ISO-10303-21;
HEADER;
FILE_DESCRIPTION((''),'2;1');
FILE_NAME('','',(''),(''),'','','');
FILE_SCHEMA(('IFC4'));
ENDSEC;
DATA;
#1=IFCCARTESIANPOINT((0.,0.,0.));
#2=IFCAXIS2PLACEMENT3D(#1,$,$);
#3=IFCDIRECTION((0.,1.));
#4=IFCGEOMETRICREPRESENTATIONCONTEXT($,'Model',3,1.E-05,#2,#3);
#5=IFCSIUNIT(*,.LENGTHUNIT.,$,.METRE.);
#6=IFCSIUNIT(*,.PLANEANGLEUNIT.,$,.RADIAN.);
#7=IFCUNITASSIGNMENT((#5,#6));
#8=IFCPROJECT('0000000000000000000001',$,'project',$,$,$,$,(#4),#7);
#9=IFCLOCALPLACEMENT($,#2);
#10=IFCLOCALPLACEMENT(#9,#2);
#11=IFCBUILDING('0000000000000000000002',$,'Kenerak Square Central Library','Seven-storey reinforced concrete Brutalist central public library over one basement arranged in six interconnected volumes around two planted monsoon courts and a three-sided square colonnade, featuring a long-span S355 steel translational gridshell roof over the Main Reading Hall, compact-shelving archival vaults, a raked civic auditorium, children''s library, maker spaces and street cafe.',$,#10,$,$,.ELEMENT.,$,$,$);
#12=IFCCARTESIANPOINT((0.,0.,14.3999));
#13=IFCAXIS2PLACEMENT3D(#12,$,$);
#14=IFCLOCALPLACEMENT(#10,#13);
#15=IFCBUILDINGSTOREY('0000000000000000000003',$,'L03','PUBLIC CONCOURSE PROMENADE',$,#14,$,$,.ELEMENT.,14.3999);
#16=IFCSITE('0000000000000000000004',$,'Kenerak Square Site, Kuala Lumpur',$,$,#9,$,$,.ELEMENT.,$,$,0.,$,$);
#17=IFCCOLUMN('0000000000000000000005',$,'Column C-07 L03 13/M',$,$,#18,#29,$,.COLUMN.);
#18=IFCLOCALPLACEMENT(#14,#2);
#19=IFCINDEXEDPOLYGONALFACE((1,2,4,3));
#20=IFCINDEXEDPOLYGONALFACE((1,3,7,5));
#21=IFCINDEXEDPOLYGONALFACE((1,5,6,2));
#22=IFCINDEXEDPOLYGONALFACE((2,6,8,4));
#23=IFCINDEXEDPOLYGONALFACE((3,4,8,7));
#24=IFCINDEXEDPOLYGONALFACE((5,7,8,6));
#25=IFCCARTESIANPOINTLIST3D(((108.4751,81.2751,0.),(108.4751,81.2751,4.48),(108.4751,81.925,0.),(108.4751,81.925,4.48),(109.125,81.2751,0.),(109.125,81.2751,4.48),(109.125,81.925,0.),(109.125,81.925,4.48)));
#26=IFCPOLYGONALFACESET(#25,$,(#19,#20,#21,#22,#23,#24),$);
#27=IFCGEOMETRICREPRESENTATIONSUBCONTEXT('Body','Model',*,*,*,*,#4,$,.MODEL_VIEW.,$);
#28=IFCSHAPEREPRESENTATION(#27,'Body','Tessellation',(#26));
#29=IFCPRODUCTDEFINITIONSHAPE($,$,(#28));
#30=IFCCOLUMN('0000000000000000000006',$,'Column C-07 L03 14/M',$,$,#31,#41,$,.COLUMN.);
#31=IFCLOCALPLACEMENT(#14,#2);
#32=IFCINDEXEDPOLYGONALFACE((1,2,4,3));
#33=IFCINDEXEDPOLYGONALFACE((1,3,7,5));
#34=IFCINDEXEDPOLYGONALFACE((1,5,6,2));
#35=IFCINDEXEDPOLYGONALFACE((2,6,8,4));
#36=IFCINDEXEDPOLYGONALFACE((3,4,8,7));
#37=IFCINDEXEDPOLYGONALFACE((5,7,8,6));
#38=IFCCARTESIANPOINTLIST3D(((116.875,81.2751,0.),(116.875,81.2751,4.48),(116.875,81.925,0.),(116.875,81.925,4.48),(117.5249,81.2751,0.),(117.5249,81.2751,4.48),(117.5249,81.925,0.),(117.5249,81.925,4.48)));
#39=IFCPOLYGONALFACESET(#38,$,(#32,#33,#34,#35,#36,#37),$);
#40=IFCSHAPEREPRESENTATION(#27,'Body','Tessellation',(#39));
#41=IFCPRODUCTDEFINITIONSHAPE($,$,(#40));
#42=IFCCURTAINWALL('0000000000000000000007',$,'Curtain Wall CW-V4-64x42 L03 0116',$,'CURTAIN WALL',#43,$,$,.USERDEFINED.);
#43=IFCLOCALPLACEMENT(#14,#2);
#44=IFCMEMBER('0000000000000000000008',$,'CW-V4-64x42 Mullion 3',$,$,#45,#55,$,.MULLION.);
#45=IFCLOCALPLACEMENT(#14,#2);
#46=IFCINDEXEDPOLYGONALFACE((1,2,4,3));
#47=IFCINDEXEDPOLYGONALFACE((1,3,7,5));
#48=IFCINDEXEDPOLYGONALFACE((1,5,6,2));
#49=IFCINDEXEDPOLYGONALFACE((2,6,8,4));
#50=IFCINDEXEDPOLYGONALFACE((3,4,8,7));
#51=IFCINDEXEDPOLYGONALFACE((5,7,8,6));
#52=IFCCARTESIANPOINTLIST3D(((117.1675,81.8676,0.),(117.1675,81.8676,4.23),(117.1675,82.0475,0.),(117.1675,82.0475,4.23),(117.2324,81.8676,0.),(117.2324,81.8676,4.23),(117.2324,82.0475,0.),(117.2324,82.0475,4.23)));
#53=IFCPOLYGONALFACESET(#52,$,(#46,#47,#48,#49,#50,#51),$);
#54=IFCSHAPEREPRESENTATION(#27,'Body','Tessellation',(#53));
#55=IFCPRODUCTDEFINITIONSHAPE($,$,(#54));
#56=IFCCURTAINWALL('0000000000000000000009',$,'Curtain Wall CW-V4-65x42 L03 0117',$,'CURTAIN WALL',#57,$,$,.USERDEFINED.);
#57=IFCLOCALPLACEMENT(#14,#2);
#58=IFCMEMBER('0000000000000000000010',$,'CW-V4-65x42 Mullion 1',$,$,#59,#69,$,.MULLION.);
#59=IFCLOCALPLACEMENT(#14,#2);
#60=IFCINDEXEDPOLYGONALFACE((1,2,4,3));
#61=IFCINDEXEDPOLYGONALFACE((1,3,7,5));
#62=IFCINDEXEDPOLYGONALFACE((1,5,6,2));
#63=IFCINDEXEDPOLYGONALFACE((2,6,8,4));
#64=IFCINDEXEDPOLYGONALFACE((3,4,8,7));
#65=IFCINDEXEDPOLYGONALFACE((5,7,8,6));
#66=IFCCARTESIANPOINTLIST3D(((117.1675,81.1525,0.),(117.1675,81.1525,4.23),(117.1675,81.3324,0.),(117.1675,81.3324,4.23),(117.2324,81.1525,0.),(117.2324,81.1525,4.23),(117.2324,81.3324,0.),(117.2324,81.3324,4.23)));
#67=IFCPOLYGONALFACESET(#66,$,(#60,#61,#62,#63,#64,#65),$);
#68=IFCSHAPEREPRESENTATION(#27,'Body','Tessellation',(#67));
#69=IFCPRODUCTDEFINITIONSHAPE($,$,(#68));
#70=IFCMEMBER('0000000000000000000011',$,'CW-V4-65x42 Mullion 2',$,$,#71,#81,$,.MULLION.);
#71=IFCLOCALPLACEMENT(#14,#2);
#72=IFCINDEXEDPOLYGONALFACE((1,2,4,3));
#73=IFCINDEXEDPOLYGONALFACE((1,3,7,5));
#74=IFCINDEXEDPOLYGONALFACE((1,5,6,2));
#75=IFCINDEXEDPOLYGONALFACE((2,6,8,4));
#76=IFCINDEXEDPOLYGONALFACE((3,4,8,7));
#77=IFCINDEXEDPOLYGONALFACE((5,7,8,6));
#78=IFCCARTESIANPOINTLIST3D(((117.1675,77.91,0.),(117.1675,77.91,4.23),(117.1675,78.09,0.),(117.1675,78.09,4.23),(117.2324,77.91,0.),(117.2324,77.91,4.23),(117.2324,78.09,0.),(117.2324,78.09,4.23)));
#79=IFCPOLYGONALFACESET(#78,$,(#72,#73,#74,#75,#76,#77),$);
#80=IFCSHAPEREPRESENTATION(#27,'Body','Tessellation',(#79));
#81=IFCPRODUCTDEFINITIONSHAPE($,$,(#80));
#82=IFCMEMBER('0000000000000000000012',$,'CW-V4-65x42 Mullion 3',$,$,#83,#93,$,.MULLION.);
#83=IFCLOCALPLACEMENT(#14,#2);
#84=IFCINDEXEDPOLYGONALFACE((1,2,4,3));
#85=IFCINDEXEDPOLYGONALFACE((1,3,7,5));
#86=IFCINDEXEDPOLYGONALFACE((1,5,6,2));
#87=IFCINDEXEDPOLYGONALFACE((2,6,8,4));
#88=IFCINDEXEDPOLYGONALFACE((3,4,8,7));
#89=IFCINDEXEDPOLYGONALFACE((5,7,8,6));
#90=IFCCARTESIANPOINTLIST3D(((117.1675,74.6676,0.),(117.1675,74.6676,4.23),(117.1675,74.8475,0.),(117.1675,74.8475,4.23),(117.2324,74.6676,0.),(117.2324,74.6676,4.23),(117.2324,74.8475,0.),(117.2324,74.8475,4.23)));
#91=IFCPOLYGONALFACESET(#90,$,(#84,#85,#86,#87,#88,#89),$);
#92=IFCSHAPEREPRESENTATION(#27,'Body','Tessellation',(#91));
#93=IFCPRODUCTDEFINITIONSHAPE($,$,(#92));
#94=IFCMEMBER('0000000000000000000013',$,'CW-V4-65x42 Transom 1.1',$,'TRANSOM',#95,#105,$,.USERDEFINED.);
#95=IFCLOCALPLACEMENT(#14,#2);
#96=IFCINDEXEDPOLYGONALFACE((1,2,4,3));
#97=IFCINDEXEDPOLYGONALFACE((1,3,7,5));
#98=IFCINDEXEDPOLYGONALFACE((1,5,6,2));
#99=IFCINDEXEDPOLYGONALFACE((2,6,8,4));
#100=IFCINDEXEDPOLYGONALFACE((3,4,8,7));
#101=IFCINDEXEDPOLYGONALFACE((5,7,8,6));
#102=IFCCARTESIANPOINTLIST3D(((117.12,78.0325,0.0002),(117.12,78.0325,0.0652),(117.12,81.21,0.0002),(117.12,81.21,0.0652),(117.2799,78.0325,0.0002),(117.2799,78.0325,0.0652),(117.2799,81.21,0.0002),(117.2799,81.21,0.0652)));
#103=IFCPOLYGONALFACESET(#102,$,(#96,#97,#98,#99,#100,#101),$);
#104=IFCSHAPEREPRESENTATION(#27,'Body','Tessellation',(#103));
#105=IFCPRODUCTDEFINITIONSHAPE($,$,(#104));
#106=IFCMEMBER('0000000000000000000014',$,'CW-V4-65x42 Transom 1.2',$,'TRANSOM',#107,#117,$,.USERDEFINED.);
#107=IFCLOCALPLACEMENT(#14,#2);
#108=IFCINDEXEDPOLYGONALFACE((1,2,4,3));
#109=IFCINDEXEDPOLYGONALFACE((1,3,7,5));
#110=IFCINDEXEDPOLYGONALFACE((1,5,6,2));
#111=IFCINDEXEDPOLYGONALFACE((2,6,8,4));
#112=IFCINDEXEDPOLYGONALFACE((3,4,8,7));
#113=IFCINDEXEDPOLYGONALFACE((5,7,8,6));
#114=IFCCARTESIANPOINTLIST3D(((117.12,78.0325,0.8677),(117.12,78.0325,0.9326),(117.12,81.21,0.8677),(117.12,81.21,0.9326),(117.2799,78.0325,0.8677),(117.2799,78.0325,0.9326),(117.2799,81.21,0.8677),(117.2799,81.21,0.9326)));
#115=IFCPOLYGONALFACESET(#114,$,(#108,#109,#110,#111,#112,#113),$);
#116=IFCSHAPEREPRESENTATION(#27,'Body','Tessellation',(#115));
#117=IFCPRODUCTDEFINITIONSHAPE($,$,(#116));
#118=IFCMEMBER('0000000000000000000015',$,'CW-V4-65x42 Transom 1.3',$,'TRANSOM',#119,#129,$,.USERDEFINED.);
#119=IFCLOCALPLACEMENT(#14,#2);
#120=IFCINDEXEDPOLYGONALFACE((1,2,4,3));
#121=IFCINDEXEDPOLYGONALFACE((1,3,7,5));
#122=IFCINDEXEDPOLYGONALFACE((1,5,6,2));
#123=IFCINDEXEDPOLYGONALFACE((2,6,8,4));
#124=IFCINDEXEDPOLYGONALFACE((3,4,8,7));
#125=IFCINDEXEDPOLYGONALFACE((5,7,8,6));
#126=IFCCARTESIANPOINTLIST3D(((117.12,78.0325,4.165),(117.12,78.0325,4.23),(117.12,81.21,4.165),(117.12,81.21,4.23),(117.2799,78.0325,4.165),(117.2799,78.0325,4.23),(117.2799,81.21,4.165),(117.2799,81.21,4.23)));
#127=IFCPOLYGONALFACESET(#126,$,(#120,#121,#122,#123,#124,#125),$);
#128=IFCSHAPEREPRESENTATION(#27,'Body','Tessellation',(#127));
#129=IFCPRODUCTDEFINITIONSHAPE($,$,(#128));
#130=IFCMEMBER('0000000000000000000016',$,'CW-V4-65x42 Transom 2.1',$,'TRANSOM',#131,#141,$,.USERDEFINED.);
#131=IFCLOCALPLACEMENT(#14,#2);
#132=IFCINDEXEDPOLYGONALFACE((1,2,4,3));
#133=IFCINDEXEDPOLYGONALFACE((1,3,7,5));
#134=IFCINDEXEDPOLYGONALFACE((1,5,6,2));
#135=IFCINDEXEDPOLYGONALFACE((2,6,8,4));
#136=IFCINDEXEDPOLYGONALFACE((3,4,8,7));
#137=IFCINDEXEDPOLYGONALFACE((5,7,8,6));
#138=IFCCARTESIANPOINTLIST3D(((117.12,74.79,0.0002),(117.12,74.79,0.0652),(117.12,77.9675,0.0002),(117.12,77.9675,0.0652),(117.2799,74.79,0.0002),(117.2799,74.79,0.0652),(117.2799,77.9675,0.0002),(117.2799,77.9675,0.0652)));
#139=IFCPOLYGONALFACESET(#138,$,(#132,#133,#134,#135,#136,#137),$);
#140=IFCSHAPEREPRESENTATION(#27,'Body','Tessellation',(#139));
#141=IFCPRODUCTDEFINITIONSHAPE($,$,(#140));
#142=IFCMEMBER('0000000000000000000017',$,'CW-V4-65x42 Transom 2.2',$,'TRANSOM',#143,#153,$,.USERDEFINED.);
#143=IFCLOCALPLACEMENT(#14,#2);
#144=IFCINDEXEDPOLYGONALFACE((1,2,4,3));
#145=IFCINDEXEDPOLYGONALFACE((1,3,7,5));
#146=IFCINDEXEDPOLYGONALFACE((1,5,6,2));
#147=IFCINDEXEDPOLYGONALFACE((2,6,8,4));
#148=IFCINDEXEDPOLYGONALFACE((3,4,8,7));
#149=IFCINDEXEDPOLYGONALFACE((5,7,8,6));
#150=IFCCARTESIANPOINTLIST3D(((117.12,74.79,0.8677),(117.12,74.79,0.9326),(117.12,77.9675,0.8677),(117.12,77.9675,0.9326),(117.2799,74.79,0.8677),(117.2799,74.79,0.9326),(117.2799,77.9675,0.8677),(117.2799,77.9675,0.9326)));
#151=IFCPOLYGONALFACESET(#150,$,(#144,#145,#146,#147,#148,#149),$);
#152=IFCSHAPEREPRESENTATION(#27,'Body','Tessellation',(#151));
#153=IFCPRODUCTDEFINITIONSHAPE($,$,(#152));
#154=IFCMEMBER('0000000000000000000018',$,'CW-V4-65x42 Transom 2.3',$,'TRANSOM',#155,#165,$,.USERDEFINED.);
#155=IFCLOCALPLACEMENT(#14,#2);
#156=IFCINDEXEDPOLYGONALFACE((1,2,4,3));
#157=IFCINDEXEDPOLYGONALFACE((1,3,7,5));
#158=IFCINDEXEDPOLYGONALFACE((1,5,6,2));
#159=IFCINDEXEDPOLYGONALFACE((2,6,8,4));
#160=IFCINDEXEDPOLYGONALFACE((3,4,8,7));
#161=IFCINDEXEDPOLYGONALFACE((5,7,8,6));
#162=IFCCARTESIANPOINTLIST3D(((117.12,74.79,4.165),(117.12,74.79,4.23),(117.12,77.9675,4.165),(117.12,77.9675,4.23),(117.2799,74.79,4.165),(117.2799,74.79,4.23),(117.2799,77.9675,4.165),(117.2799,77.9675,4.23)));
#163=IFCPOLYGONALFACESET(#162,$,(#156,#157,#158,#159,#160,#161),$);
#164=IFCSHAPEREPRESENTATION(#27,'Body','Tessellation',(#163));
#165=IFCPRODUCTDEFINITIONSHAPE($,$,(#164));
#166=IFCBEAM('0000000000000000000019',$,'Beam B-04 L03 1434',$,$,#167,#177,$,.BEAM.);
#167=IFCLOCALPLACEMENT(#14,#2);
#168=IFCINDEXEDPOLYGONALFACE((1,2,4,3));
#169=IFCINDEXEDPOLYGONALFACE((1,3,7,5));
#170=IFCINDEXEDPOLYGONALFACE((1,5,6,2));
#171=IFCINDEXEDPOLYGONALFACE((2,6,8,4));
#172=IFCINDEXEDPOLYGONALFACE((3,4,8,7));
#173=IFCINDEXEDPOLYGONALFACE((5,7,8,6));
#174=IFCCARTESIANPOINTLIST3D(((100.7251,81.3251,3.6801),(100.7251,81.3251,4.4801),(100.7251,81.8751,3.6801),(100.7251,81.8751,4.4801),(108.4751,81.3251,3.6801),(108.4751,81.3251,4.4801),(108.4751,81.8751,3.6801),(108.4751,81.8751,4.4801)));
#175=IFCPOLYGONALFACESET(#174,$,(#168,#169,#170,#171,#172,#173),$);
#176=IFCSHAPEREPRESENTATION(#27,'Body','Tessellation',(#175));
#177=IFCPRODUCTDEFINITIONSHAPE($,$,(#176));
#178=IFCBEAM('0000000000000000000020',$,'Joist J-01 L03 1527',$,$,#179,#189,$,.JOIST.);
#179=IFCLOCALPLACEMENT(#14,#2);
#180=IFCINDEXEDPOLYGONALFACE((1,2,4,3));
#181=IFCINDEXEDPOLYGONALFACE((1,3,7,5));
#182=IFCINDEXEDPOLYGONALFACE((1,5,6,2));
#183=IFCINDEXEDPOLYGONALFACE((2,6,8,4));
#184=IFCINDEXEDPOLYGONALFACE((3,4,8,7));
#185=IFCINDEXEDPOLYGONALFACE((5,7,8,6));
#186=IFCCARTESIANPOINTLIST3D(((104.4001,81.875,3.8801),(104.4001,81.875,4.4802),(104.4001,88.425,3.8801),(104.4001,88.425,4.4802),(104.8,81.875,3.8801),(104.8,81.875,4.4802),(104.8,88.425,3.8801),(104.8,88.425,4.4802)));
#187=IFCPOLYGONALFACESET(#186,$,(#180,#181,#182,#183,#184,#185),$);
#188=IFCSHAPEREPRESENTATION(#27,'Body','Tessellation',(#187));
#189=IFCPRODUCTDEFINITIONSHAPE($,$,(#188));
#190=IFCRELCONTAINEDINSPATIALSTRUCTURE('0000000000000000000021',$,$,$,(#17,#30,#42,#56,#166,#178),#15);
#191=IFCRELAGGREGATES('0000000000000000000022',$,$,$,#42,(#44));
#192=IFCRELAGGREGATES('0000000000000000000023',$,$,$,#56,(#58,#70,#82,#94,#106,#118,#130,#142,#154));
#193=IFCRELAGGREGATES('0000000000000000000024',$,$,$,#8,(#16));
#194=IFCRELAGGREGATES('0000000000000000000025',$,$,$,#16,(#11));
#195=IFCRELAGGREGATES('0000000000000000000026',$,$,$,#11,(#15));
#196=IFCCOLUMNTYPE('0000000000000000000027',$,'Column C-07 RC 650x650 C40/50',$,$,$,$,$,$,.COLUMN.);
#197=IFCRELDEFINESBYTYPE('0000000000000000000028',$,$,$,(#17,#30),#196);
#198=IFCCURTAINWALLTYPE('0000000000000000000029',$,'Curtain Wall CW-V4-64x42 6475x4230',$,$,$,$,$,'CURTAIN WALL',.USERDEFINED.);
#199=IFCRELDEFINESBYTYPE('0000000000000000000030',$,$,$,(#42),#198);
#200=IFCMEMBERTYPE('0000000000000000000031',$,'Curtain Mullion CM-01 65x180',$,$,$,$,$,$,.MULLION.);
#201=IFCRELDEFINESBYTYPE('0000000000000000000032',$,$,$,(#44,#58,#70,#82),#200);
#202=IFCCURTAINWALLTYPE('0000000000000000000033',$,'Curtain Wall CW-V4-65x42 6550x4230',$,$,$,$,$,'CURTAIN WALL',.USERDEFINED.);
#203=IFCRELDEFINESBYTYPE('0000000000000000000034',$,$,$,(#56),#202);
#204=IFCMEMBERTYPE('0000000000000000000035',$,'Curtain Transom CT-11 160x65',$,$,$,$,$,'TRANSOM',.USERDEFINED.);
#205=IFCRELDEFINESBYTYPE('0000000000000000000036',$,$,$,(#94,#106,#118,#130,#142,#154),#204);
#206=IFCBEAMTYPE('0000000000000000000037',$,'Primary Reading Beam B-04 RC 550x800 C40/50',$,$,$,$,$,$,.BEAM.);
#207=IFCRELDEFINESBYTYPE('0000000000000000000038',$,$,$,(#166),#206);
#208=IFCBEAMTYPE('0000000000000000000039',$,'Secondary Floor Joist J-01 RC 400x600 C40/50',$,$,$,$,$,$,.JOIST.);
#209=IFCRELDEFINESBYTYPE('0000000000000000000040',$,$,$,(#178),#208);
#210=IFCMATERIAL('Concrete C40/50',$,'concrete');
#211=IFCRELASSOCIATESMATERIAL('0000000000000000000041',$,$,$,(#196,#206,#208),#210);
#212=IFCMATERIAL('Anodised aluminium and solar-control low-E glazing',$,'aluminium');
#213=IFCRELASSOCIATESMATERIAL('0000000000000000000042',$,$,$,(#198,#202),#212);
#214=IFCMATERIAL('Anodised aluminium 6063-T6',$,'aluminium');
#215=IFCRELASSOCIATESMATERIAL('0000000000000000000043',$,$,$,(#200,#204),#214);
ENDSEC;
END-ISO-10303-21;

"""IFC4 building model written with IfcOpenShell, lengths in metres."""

from ifc_helpers import new_model, si_unit, direction, frame, origin, origin_2d, place, context, subcontext, project, spatial, rectangle, extrude, material, material_profile, profile_set, type_object, element, aggregate, save


model = new_model("IFC4")

# Units and contexts
model_context = context("Model", 3, precision=1e-05, world=origin(), true_north=direction((0.0, 1.0)))
body_context = subcontext(model_context, "Body", "Model", "MODEL_VIEW")
ifc_project = project(units=[si_unit("LENGTHUNIT", "METRE"), si_unit("PLANEANGLEUNIT", "RADIAN")], contexts=[model_context])

# Site, building, storey
site_placement = place(None, origin())
site = spatial("IfcSite", under=ifc_project, at=site_placement, Name="Kenerak Square Site, Kuala Lumpur", CompositionType="ELEMENT", RefElevation=0.0)
building_placement = place(site_placement, origin())
building = spatial("IfcBuilding", under=site, at=building_placement, Name="Kenerak Square Central Library", Description="Seven-storey reinforced concrete Brutalist central public library over one basement arranged in six interconnected volumes around two planted monsoon courts and a three-sided square colonnade, featuring a long-span S355 steel translational gridshell roof over the Main Reading Hall, compact-shelving archival vaults, a raked civic auditorium, children's library, maker spaces and street cafe.", CompositionType="ELEMENT")
storey_placement = place(building_placement, frame((0.0, 0.0, 14.3999)))
storey = spatial("IfcBuildingStorey", under=building, at=storey_placement, Name="L03", Description="PUBLIC CONCOURSE PROMENADE", CompositionType="ELEMENT", Elevation=14.3999)

# Columns
ifc_material_1 = material(Name="Concrete C40/50", Category="concrete")
ifc_material_profile_1 = material_profile(ifc_material_1, rectangle(XDim=0.6499, YDim=0.6499, at=origin_2d()), Name="RC 650x650")
ifc_profile_set_1 = profile_set([ifc_material_profile_1], Name="Concrete C40/50")
column_type = type_object("IfcColumnType", Name="Column C-07 RC 650x650 C40/50", PredefinedType="COLUMN", material=ifc_profile_set_1)
for number, where, z_axis, x_axis, name in (
    (1, (108.8, 81.6001, 0.0), (0.0, 0.0, 1.0), (1.0, 0.0, 0.0), "Column C-07 L03 13/M"),
    (2, (117.2, 81.6001, 0.0), (0.0, 0.0, 1.0), (1.0, 0.0, 0.0), "Column C-07 L03 14/M"),
):
    element("IfcColumn", number, at=place(storey_placement, frame(where, z_axis=z_axis, x_axis=x_axis)), inside=storey, type_object=column_type, Name=name, PredefinedType="COLUMN", context=body_context, shape_type="SweptSolid", body=[
        extrude(rectangle(XDim=0.6499, YDim=0.6499, at=origin_2d()), origin(), (0.0, 0.0, 1.0), 4.48),
    ])

# Curtain wall, member
ifc_material_2 = material(Name="Anodised aluminium and solar-control low-E glazing", Category="aluminium")
curtain_wall_type_1 = type_object("IfcCurtainWallType", Name="Curtain Wall CW-V4-64x42 6475x4230", ElementType="CURTAIN WALL", PredefinedType="USERDEFINED", material=ifc_material_2)
curtain_wall_1_placement = place(storey_placement, origin())
curtain_wall_1 = element("IfcCurtainWall", 3, at=curtain_wall_1_placement, inside=storey, type_object=curtain_wall_type_1, Name="Curtain Wall CW-V4-64x42 L03 0116", ObjectType="CURTAIN WALL", PredefinedType="USERDEFINED")
ifc_material_3 = material(Name="Anodised aluminium 6063-T6", Category="aluminium")
ifc_material_profile_2 = material_profile(ifc_material_3, rectangle(XDim=0.0649, YDim=0.1799, at=origin_2d()), Name="AL MULLION 65x180")
ifc_profile_set_2 = profile_set([ifc_material_profile_2], Name="Anodised aluminium 6063-T6")
member_type_1 = type_object("IfcMemberType", Name="Curtain Mullion CM-01 65x180", PredefinedType="MULLION", material=ifc_profile_set_2)
member_1_placement = place(storey_placement, frame((117.2, 81.9575, 0.0), z_axis=(0.0, 0.0, 1.0), x_axis=(1.0, 0.0, 0.0)))
member_1 = element("IfcMember", 4, at=member_1_placement, type_object=member_type_1, Name="CW-V4-64x42 Mullion 3", PredefinedType="MULLION", context=body_context, shape_type="SweptSolid", body=[
    extrude(rectangle(XDim=0.0649, YDim=0.1799, at=origin_2d()), origin(), (0.0, 0.0, 1.0), 4.23),
])
aggregate(curtain_wall_1, [member_1])

# Curtain wall, members
curtain_wall_type_2 = type_object("IfcCurtainWallType", Name="Curtain Wall CW-V4-65x42 6550x4230", ElementType="CURTAIN WALL", PredefinedType="USERDEFINED", material=ifc_material_2)
curtain_wall_2_placement = place(storey_placement, origin())
curtain_wall_2 = element("IfcCurtainWall", 5, at=curtain_wall_2_placement, inside=storey, type_object=curtain_wall_type_2, Name="Curtain Wall CW-V4-65x42 L03 0117", ObjectType="CURTAIN WALL", PredefinedType="USERDEFINED")
member_2_placement = place(storey_placement, frame((117.2, 81.2424, 0.0), z_axis=(0.0, 0.0, 1.0), x_axis=(1.0, 0.0, 0.0)))
member_2 = element("IfcMember", 6, at=member_2_placement, type_object=member_type_1, Name="CW-V4-65x42 Mullion 1", PredefinedType="MULLION", context=body_context, shape_type="SweptSolid", body=[
    extrude(rectangle(XDim=0.0649, YDim=0.1799, at=origin_2d()), origin(), (0.0, 0.0, 1.0), 4.23),
])
member_3_placement = place(storey_placement, frame((117.2, 78.0, 0.0), z_axis=(0.0, 0.0, 1.0), x_axis=(1.0, 0.0, 0.0)))
member_3 = element("IfcMember", 7, at=member_3_placement, type_object=member_type_1, Name="CW-V4-65x42 Mullion 2", PredefinedType="MULLION", context=body_context, shape_type="SweptSolid", body=[
    extrude(rectangle(XDim=0.0649, YDim=0.1799, at=origin_2d()), origin(), (0.0, 0.0, 1.0), 4.23),
])
member_4_placement = place(storey_placement, frame((117.2, 74.7576, 0.0), z_axis=(0.0, 0.0, 1.0), x_axis=(1.0, 0.0, 0.0)))
member_4 = element("IfcMember", 8, at=member_4_placement, type_object=member_type_1, Name="CW-V4-65x42 Mullion 3", PredefinedType="MULLION", context=body_context, shape_type="SweptSolid", body=[
    extrude(rectangle(XDim=0.0649, YDim=0.1799, at=origin_2d()), origin(), (0.0, 0.0, 1.0), 4.23),
])
ifc_material_profile_3 = material_profile(ifc_material_3, rectangle(XDim=0.1599, YDim=0.0649, at=origin_2d()), Name="AL TRANSOM 160x65")
ifc_profile_set_3 = profile_set([ifc_material_profile_3], Name="Anodised aluminium 6063-T6")
member_type_2 = type_object("IfcMemberType", Name="Curtain Transom CT-11 160x65", ElementType="TRANSOM", PredefinedType="USERDEFINED", material=ifc_profile_set_3)
member_5_placement = place(storey_placement, frame((117.2, 81.21, 0.0327), z_axis=(0.0, -1.0, 0.0), x_axis=(1.0, 0.0, 0.0)))
member_5 = element("IfcMember", 9, at=member_5_placement, type_object=member_type_2, Name="CW-V4-65x42 Transom 1.1", ObjectType="TRANSOM", PredefinedType="USERDEFINED", context=body_context, shape_type="SweptSolid", body=[
    extrude(rectangle(XDim=0.1599, YDim=0.0649, at=origin_2d()), origin(), (0.0, 0.0, 1.0), 3.1775),
])
member_6_placement = place(storey_placement, frame((117.2, 81.21, 0.9001), z_axis=(0.0, -1.0, 0.0), x_axis=(1.0, 0.0, 0.0)))
member_6 = element("IfcMember", 10, at=member_6_placement, type_object=member_type_2, Name="CW-V4-65x42 Transom 1.2", ObjectType="TRANSOM", PredefinedType="USERDEFINED", context=body_context, shape_type="SweptSolid", body=[
    extrude(rectangle(XDim=0.1599, YDim=0.0649, at=origin_2d()), origin(), (0.0, 0.0, 1.0), 3.1775),
])
member_7_placement = place(storey_placement, frame((117.2, 81.21, 4.1975), z_axis=(0.0, -1.0, 0.0), x_axis=(1.0, 0.0, 0.0)))
member_7 = element("IfcMember", 11, at=member_7_placement, type_object=member_type_2, Name="CW-V4-65x42 Transom 1.3", ObjectType="TRANSOM", PredefinedType="USERDEFINED", context=body_context, shape_type="SweptSolid", body=[
    extrude(rectangle(XDim=0.1599, YDim=0.0649, at=origin_2d()), origin(), (0.0, 0.0, 1.0), 3.1775),
])
member_8_placement = place(storey_placement, frame((117.2, 77.9675, 0.0327), z_axis=(0.0, -1.0, 0.0), x_axis=(1.0, 0.0, 0.0)))
member_8 = element("IfcMember", 12, at=member_8_placement, type_object=member_type_2, Name="CW-V4-65x42 Transom 2.1", ObjectType="TRANSOM", PredefinedType="USERDEFINED", context=body_context, shape_type="SweptSolid", body=[
    extrude(rectangle(XDim=0.1599, YDim=0.0649, at=origin_2d()), origin(), (0.0, 0.0, 1.0), 3.1775),
])
member_9_placement = place(storey_placement, frame((117.2, 77.9675, 0.9001), z_axis=(0.0, -1.0, 0.0), x_axis=(1.0, 0.0, 0.0)))
member_9 = element("IfcMember", 13, at=member_9_placement, type_object=member_type_2, Name="CW-V4-65x42 Transom 2.2", ObjectType="TRANSOM", PredefinedType="USERDEFINED", context=body_context, shape_type="SweptSolid", body=[
    extrude(rectangle(XDim=0.1599, YDim=0.0649, at=origin_2d()), origin(), (0.0, 0.0, 1.0), 3.1775),
])
member_10_placement = place(storey_placement, frame((117.2, 77.9675, 4.1975), z_axis=(0.0, -1.0, 0.0), x_axis=(1.0, 0.0, 0.0)))
member_10 = element("IfcMember", 14, at=member_10_placement, type_object=member_type_2, Name="CW-V4-65x42 Transom 2.3", ObjectType="TRANSOM", PredefinedType="USERDEFINED", context=body_context, shape_type="SweptSolid", body=[
    extrude(rectangle(XDim=0.1599, YDim=0.0649, at=origin_2d()), origin(), (0.0, 0.0, 1.0), 3.1775),
])

# Beams
ifc_material_profile_4 = material_profile(ifc_material_1, rectangle(XDim=0.55, YDim=0.8, at=origin_2d()), Name="RC 550x800")
ifc_profile_set_4 = profile_set([ifc_material_profile_4], Name="Concrete C40/50")
beam_type_1 = type_object("IfcBeamType", Name="Primary Reading Beam B-04 RC 550x800 C40/50", PredefinedType="BEAM", material=ifc_profile_set_4)
beam_1_placement = place(storey_placement, frame((100.7251, 81.6001, 4.0801), z_axis=(1.0, 0.0, 0.0), x_axis=(0.0, 1.0, 0.0)))
element("IfcBeam", 15, at=beam_1_placement, inside=storey, type_object=beam_type_1, Name="Beam B-04 L03 1434", PredefinedType="BEAM", context=body_context, shape_type="SweptSolid", body=[
    extrude(rectangle(XDim=0.55, YDim=0.8, at=origin_2d()), origin(), (0.0, 0.0, 1.0), 7.75),
])
ifc_material_profile_5 = material_profile(ifc_material_1, rectangle(XDim=0.3999, YDim=0.6001, at=origin_2d()), Name="RC 400x600")
ifc_profile_set_5 = profile_set([ifc_material_profile_5], Name="Concrete C40/50")
beam_type_2 = type_object("IfcBeamType", Name="Secondary Floor Joist J-01 RC 400x600 C40/50", PredefinedType="JOIST", material=ifc_profile_set_5)
beam_2_placement = place(storey_placement, frame((104.6001, 81.875, 4.1802), z_axis=(0.0, 1.0, 0.0), x_axis=(-1.0, 0.0, 0.0)))
element("IfcBeam", 16, at=beam_2_placement, inside=storey, type_object=beam_type_2, Name="Joist J-01 L03 1527", PredefinedType="JOIST", context=body_context, shape_type="SweptSolid", body=[
    extrude(rectangle(XDim=0.3999, YDim=0.6001, at=origin_2d()), origin(), (0.0, 0.0, 1.0), 6.55),
])

aggregate(curtain_wall_2, [member_2, member_3, member_4, member_5, member_6, member_7, member_8, member_9, member_10])

save(model, "model.ifc")
